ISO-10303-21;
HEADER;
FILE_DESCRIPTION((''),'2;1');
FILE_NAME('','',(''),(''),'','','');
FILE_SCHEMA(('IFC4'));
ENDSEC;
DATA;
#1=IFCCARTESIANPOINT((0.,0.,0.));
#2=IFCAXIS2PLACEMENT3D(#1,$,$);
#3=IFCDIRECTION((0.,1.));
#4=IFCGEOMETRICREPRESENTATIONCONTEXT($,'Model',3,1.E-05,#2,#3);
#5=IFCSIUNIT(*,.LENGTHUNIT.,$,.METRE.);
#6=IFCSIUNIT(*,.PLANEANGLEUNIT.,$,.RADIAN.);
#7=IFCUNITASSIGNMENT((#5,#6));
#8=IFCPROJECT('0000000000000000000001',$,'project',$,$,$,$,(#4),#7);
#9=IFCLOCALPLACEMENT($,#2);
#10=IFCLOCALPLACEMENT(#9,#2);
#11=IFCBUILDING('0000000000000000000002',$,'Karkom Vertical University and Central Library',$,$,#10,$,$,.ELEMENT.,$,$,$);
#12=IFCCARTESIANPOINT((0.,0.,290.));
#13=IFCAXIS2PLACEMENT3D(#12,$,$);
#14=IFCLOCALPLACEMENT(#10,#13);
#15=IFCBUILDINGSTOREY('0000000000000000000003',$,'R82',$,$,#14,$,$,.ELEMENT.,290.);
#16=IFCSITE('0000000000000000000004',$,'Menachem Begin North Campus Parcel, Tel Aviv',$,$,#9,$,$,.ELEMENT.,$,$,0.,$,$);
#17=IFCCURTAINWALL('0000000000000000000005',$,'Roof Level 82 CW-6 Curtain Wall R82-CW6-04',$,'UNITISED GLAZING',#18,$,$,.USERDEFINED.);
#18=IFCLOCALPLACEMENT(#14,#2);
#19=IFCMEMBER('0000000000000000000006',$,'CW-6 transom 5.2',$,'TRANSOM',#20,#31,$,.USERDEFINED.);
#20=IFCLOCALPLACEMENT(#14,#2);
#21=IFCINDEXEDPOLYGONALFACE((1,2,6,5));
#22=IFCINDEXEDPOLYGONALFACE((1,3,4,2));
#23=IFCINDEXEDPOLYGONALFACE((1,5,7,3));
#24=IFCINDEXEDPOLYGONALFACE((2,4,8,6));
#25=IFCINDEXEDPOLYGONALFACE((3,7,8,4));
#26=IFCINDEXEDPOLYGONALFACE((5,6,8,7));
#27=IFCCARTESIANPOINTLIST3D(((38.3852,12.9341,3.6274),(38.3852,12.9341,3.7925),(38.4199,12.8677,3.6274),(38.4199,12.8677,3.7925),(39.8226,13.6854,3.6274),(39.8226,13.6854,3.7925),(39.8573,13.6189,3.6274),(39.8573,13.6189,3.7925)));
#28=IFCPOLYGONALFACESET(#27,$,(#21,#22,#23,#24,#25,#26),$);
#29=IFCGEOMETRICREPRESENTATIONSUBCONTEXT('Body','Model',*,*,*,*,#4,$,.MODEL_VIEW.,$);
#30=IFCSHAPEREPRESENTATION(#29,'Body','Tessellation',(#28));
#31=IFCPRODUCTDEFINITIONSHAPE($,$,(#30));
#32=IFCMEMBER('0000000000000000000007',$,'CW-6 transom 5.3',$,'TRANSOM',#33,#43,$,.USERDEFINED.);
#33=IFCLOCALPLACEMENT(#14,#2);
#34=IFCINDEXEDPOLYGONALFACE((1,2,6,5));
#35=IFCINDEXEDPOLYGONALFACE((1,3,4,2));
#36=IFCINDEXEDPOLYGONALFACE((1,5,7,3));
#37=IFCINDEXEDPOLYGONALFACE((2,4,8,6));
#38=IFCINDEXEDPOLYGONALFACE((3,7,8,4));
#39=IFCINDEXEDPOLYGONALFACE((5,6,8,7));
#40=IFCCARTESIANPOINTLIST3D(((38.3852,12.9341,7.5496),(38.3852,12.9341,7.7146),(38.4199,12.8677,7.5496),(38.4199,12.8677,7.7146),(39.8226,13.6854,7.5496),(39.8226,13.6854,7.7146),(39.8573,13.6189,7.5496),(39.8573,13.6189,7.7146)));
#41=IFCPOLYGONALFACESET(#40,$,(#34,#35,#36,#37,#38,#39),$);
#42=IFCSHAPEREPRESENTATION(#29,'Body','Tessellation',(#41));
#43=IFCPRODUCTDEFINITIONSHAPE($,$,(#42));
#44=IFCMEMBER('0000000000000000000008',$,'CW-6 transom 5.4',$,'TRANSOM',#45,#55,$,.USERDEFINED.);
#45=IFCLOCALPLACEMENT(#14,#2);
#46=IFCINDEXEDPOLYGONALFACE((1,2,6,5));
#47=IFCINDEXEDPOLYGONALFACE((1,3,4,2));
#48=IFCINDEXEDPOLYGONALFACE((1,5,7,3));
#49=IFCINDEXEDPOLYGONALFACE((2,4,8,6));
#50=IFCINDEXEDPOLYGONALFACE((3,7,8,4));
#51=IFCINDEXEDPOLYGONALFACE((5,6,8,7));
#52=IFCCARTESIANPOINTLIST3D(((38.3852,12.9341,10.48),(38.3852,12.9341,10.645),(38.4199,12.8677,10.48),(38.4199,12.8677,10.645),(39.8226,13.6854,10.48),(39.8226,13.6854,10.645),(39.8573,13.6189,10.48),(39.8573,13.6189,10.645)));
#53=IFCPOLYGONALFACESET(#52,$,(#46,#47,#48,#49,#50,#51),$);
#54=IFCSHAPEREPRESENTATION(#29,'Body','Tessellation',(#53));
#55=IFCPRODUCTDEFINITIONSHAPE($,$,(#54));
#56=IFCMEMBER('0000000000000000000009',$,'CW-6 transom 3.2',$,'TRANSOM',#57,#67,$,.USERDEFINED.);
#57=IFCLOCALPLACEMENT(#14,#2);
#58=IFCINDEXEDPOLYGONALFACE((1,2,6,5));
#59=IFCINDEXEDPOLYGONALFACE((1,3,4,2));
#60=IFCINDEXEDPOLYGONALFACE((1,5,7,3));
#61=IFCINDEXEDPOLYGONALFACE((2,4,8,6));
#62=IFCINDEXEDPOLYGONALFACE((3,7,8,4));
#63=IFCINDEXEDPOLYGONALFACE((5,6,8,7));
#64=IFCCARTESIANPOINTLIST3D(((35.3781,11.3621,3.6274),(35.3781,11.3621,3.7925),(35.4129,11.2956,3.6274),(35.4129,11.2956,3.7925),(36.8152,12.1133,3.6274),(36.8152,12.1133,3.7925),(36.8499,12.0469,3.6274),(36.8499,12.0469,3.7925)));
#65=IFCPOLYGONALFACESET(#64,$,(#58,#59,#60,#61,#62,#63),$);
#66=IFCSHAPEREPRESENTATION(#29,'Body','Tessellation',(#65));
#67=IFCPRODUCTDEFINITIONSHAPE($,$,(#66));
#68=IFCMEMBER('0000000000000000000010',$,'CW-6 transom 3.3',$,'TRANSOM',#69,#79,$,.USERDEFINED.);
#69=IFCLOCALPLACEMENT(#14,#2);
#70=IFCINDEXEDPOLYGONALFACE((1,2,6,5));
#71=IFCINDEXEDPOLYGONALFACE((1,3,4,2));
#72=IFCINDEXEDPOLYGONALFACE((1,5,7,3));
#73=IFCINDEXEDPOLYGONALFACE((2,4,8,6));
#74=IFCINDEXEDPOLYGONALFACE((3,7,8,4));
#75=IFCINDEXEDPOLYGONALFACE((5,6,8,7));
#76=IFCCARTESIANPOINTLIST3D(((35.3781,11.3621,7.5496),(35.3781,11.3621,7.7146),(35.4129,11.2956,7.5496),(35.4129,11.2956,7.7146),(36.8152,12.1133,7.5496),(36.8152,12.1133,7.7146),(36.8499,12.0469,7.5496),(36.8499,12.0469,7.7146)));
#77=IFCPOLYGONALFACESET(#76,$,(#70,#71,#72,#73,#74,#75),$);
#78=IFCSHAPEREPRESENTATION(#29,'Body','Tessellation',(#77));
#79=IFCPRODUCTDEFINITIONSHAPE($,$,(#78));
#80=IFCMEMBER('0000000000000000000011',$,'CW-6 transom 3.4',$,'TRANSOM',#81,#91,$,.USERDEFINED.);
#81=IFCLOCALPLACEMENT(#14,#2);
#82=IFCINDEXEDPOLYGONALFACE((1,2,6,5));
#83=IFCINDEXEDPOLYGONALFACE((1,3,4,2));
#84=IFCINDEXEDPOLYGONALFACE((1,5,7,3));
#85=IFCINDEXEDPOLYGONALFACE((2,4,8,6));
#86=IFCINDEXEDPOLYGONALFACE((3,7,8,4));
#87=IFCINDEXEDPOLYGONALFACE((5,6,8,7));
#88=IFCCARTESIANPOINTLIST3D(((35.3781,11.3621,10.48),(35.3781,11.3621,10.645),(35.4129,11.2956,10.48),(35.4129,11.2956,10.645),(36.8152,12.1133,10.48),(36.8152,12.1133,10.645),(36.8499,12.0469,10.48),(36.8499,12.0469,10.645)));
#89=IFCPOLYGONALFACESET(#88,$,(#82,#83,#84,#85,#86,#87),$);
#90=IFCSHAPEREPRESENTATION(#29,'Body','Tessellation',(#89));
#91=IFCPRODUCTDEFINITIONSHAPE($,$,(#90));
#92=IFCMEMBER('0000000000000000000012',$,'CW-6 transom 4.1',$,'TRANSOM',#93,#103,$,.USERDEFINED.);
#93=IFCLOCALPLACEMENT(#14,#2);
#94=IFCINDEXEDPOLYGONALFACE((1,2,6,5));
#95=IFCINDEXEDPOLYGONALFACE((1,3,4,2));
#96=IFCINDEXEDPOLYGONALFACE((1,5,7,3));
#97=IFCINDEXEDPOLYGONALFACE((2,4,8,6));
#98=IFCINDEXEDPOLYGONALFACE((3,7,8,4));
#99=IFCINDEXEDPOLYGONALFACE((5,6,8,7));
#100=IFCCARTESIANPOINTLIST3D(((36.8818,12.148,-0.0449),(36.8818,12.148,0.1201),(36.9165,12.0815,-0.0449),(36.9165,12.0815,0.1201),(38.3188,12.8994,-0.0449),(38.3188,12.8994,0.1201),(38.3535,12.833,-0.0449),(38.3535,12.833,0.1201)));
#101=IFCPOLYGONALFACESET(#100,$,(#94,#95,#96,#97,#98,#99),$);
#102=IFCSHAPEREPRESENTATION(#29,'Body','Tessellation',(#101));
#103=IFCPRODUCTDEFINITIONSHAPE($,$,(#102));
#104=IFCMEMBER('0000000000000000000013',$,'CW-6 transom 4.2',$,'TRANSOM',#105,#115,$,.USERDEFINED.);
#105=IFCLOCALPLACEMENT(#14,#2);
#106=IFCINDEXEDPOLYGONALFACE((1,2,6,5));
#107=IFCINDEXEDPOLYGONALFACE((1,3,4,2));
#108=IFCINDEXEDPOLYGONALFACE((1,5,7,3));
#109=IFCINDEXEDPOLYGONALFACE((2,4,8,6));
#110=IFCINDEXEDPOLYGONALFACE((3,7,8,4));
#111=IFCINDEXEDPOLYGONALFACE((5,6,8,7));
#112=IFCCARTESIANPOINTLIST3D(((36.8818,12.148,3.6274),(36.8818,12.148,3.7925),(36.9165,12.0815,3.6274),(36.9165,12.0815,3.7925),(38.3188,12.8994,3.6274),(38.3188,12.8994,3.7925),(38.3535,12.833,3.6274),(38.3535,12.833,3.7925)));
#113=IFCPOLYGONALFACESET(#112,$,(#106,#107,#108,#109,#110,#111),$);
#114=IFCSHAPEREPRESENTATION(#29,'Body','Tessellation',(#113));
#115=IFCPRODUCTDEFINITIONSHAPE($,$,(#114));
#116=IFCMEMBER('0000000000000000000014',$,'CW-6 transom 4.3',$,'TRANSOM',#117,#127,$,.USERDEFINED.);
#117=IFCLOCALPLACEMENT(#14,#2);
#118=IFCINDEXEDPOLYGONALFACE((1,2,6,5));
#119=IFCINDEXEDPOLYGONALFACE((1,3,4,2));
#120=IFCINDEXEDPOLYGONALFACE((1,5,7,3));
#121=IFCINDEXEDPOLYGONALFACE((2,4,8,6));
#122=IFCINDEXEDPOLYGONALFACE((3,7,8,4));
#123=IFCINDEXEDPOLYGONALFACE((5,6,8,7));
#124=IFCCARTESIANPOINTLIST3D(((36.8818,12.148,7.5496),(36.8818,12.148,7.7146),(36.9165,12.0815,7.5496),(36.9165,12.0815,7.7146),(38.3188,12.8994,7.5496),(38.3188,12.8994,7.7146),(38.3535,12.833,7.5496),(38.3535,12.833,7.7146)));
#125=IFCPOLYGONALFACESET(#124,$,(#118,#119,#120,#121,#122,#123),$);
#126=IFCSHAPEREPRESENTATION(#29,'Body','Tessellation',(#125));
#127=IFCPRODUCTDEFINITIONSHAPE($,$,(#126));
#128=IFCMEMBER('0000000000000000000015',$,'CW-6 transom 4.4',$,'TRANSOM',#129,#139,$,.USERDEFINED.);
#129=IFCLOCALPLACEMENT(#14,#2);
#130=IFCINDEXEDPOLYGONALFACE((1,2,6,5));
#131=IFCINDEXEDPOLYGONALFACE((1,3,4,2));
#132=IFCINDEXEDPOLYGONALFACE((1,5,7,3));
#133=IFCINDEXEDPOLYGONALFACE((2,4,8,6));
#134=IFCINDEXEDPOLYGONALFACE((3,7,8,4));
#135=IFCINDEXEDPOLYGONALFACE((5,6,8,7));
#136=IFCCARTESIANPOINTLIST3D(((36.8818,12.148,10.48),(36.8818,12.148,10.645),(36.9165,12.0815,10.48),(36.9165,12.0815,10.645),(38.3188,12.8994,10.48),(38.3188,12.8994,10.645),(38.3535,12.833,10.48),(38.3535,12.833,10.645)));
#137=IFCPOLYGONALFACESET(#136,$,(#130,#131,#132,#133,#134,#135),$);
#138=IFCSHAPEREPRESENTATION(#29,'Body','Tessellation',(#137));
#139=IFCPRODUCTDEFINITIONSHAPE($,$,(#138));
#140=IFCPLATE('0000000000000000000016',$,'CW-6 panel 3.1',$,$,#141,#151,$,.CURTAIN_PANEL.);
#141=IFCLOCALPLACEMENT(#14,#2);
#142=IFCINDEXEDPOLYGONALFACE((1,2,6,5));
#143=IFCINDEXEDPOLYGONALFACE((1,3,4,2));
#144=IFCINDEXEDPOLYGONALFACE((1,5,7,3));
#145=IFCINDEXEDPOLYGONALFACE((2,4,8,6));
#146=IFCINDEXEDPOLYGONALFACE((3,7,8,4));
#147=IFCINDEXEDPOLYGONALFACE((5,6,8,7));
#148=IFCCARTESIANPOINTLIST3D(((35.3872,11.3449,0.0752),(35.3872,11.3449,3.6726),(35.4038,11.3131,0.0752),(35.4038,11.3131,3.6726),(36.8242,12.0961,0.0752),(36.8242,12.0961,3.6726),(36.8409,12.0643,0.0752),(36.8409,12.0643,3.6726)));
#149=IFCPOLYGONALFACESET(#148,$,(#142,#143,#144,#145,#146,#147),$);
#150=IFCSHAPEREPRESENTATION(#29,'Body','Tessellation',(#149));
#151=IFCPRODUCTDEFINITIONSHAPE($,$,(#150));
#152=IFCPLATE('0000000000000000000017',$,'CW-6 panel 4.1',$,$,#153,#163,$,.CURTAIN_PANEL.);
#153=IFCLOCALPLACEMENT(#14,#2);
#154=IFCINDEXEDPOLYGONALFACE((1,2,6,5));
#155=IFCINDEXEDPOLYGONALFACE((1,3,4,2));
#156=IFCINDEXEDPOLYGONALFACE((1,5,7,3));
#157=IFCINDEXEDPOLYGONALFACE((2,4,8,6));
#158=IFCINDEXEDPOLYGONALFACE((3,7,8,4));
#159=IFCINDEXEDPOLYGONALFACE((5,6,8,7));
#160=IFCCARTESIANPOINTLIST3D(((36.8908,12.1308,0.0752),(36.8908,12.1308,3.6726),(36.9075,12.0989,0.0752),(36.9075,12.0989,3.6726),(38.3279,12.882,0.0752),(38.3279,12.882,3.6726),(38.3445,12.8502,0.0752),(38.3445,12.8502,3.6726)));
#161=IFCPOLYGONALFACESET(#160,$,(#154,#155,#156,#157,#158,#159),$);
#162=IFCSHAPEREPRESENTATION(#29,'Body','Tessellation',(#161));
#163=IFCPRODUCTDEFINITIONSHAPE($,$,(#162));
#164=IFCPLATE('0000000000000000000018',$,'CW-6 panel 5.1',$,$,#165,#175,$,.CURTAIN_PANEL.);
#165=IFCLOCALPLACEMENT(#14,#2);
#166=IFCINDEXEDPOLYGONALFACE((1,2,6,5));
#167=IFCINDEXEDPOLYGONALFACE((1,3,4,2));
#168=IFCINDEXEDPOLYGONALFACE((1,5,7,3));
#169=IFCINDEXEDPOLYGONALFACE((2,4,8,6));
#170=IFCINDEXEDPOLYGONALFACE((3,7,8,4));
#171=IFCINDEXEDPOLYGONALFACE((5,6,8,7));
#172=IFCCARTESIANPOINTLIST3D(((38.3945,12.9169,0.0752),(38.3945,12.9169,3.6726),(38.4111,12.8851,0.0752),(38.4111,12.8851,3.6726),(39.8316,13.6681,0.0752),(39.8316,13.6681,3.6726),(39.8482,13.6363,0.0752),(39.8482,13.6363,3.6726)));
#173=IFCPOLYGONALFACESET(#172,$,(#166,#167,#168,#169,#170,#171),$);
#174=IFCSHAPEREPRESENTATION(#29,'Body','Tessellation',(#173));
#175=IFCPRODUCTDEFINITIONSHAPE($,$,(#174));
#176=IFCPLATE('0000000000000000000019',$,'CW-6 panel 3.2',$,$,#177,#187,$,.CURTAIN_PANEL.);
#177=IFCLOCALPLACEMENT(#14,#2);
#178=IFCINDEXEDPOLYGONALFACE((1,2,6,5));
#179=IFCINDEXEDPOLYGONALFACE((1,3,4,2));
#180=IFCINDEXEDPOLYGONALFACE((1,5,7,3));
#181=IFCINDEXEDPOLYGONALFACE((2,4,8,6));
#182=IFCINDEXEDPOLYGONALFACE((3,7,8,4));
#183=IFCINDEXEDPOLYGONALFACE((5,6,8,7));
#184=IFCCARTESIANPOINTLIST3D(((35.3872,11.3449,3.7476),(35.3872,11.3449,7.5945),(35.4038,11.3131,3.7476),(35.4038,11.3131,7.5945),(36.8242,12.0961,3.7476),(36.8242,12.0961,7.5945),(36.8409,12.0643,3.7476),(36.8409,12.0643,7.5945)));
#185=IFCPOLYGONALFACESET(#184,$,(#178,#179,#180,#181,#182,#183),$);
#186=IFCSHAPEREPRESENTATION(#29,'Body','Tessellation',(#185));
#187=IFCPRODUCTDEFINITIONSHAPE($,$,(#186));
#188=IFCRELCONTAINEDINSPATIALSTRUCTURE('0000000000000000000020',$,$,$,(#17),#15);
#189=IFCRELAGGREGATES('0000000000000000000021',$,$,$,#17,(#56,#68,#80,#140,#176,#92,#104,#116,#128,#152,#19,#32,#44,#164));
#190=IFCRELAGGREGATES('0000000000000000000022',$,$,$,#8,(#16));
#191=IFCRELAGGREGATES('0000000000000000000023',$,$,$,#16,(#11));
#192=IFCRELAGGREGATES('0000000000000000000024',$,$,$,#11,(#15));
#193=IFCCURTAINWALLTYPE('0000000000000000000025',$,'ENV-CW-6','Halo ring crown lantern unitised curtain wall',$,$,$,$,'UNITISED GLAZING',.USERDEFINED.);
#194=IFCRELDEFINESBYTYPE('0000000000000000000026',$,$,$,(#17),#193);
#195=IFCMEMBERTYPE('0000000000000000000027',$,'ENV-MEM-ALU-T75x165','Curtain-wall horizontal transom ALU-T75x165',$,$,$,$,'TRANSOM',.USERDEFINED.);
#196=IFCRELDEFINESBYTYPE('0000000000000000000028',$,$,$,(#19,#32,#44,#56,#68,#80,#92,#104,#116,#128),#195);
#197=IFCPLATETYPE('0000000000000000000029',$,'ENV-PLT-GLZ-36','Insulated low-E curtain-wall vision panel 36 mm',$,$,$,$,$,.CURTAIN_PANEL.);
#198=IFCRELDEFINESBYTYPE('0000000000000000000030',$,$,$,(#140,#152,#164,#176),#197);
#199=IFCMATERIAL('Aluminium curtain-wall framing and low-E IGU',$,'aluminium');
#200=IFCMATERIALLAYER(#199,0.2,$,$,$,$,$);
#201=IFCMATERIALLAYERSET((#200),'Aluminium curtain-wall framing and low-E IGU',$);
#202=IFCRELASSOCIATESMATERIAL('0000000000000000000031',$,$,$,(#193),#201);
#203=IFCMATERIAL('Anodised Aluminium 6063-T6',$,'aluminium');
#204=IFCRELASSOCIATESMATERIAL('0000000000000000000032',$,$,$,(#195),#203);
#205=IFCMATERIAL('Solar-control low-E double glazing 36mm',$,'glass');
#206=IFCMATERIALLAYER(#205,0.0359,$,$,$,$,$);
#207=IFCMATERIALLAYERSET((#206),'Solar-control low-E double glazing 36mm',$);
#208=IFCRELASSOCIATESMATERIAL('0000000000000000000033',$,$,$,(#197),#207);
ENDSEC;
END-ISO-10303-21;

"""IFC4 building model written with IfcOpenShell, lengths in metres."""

from ifc_helpers import new_model, si_unit, direction, frame, origin, origin_with_axes, origin_2d, place, context, subcontext, project, spatial, rectangle, extrude, source, transform, mapped, material, layer, layer_set, material_profile, profile_set, type_object, element, aggregate, save


model = new_model("IFC4")

# Units and contexts
model_context = context("Model", 3, precision=1e-05, world=origin(), true_north=direction((0.0, 1.0)))
body_context = subcontext(model_context, "Body", "Model", "MODEL_VIEW")
ifc_project = project(units=[si_unit("LENGTHUNIT", "METRE"), si_unit("PLANEANGLEUNIT", "RADIAN")], contexts=[model_context])

# Site, building, storey
site_placement = place(None, origin())
site = spatial("IfcSite", under=ifc_project, at=site_placement, Name="Menachem Begin North Campus Parcel, Tel Aviv", CompositionType="ELEMENT", RefElevation=0.0)
building_placement = place(site_placement, origin())
building = spatial("IfcBuilding", under=site, at=building_placement, Name="Karkom Vertical University and Central Library", CompositionType="ELEMENT")
storey_placement = place(building_placement, frame((0.0, 0.0, 290.0)))
storey = spatial("IfcBuildingStorey", under=building, at=storey_placement, Name="R82", CompositionType="ELEMENT", Elevation=290.0)

# Curtain wall, members, plates
ifc_material_1 = material(Name="Aluminium curtain-wall framing and low-E IGU", Category="aluminium")
ifc_layer_1 = layer(ifc_material_1, 0.2)
ifc_layer_set_1 = layer_set([ifc_layer_1], Name="Aluminium curtain-wall framing and low-E IGU")
curtain_wall_type = type_object("IfcCurtainWallType", Name="ENV-CW-6", Description="Halo ring crown lantern unitised curtain wall", ElementType="UNITISED GLAZING", PredefinedType="USERDEFINED", material=ifc_layer_set_1)
curtain_wall_placement = place(storey_placement, origin())
curtain_wall = element("IfcCurtainWall", 1, at=curtain_wall_placement, inside=storey, type_object=curtain_wall_type, Name="Roof Level 82 CW-6 Curtain Wall R82-CW6-04", ObjectType="UNITISED GLAZING", PredefinedType="USERDEFINED")
ifc_material_2 = material(Name="Anodised Aluminium 6063-T6", Category="aluminium")
ifc_material_profile_1 = material_profile(ifc_material_2, rectangle(XDim=0.075, YDim=0.165, at=origin_2d()), Name="ALU-T75x165")
ifc_profile_set_1 = profile_set([ifc_material_profile_1], Name="Anodised Aluminium 6063-T6")
member_type_1 = type_object("IfcMemberType", Name="ENV-MEM-ALU-T75x165", Description="Curtain-wall horizontal transom ALU-T75x165", ElementType="TRANSOM", PredefinedType="USERDEFINED", material=ifc_profile_set_1)
shared_shape_1 = source(origin_with_axes(), body_context, "Body", "SweptSolid", [
    extrude(rectangle(XDim=0.075, YDim=0.165, at=origin_2d()), origin(), (0.0, 0.0, 1.0), 1.6218),
])
member_1_placement = place(storey_placement, frame((38.4026, 12.9009, 3.71), z_axis=(0.886244, 0.463219, 0.0), x_axis=(-0.463219, 0.886244, 0.0)))
member_1 = element("IfcMember", 2, at=member_1_placement, type_object=member_type_1, Name="CW-6 transom 5.2", ObjectType="TRANSOM", PredefinedType="USERDEFINED", context=body_context, shape_type="MappedRepresentation", body=[
    mapped(shared_shape_1, transform((0.0, 0.0, 0.0), scale=1.0)),
])
member_2_placement = place(storey_placement, frame((38.4026, 12.9009, 7.6321), z_axis=(0.886244, 0.463219, 0.0), x_axis=(-0.463219, 0.886244, 0.0)))
member_2 = element("IfcMember", 3, at=member_2_placement, type_object=member_type_1, Name="CW-6 transom 5.3", ObjectType="TRANSOM", PredefinedType="USERDEFINED", context=body_context, shape_type="MappedRepresentation", body=[
    mapped(shared_shape_1, transform((0.0, 0.0, 0.0), scale=1.0)),
])
member_3_placement = place(storey_placement, frame((38.4026, 12.9009, 10.5625), z_axis=(0.886244, 0.463219, 0.0), x_axis=(-0.463219, 0.886244, 0.0)))
member_3 = element("IfcMember", 4, at=member_3_placement, type_object=member_type_1, Name="CW-6 transom 5.4", ObjectType="TRANSOM", PredefinedType="USERDEFINED", context=body_context, shape_type="MappedRepresentation", body=[
    mapped(shared_shape_1, transform((0.0, 0.0, 0.0), scale=1.0)),
])
shared_shape_2 = source(origin_with_axes(), body_context, "Body", "SweptSolid", [
    extrude(rectangle(XDim=0.075, YDim=0.165, at=origin_2d()), origin(), (0.0, 0.0, 1.0), 1.6216),
])
member_4_placement = place(storey_placement, frame((35.3955, 11.3289, 3.71), z_axis=(0.886211, 0.463281, 0.0), x_axis=(-0.463281, 0.886211, 0.0)))
member_4 = element("IfcMember", 5, at=member_4_placement, type_object=member_type_1, Name="CW-6 transom 3.2", ObjectType="TRANSOM", PredefinedType="USERDEFINED", context=body_context, shape_type="MappedRepresentation", body=[
    mapped(shared_shape_2, transform((0.0, 0.0, 0.0), scale=1.0)),
])
member_5_placement = place(storey_placement, frame((35.3955, 11.3289, 7.6321), z_axis=(0.886211, 0.463281, 0.0), x_axis=(-0.463281, 0.886211, 0.0)))
member_5 = element("IfcMember", 6, at=member_5_placement, type_object=member_type_1, Name="CW-6 transom 3.3", ObjectType="TRANSOM", PredefinedType="USERDEFINED", context=body_context, shape_type="MappedRepresentation", body=[
    mapped(shared_shape_2, transform((0.0, 0.0, 0.0), scale=1.0)),
])
member_6_placement = place(storey_placement, frame((35.3955, 11.3289, 10.5625), z_axis=(0.886211, 0.463281, 0.0), x_axis=(-0.463281, 0.886211, 0.0)))
member_6 = element("IfcMember", 7, at=member_6_placement, type_object=member_type_1, Name="CW-6 transom 3.4", ObjectType="TRANSOM", PredefinedType="USERDEFINED", context=body_context, shape_type="MappedRepresentation", body=[
    mapped(shared_shape_2, transform((0.0, 0.0, 0.0), scale=1.0)),
])
member_7_placement = place(storey_placement, frame((36.8992, 12.1147, 0.0376), z_axis=(0.88615, 0.463399, 0.0), x_axis=(-0.463399, 0.88615, 0.0)))
member_7 = element("IfcMember", 8, at=member_7_placement, type_object=member_type_1, Name="CW-6 transom 4.1", ObjectType="TRANSOM", PredefinedType="USERDEFINED", context=body_context, shape_type="MappedRepresentation", body=[
    mapped(shared_shape_2, transform((0.0, 0.0, 0.0), scale=1.0)),
])
member_8_placement = place(storey_placement, frame((36.8992, 12.1147, 3.71), z_axis=(0.88615, 0.463399, 0.0), x_axis=(-0.463399, 0.88615, 0.0)))
member_8 = element("IfcMember", 9, at=member_8_placement, type_object=member_type_1, Name="CW-6 transom 4.2", ObjectType="TRANSOM", PredefinedType="USERDEFINED", context=body_context, shape_type="MappedRepresentation", body=[
    mapped(shared_shape_2, transform((0.0, 0.0, 0.0), scale=1.0)),
])
member_9_placement = place(storey_placement, frame((36.8992, 12.1147, 7.6321), z_axis=(0.88615, 0.463399, 0.0), x_axis=(-0.463399, 0.88615, 0.0)))
member_9 = element("IfcMember", 10, at=member_9_placement, type_object=member_type_1, Name="CW-6 transom 4.3", ObjectType="TRANSOM", PredefinedType="USERDEFINED", context=body_context, shape_type="MappedRepresentation", body=[
    mapped(shared_shape_2, transform((0.0, 0.0, 0.0), scale=1.0)),
])
member_10_placement = place(storey_placement, frame((36.8992, 12.1147, 10.5625), z_axis=(0.88615, 0.463399, 0.0), x_axis=(-0.463399, 0.88615, 0.0)))
member_10 = element("IfcMember", 11, at=member_10_placement, type_object=member_type_1, Name="CW-6 transom 4.4", ObjectType="TRANSOM", PredefinedType="USERDEFINED", context=body_context, shape_type="MappedRepresentation", body=[
    mapped(shared_shape_2, transform((0.0, 0.0, 0.0), scale=1.0)),
])
ifc_material_3 = material(Name="Solar-control low-E double glazing 36mm", Category="glass")
ifc_layer_2 = layer(ifc_material_3, 0.0359)
ifc_layer_set_2 = layer_set([ifc_layer_2], Name="Solar-control low-E double glazing 36mm")
plate_type = type_object("IfcPlateType", Name="ENV-PLT-GLZ-36", Description="Insulated low-E curtain-wall vision panel 36 mm", PredefinedType="CURTAIN_PANEL", material=ifc_layer_set_2)
shared_shape_3 = source(origin_with_axes(), body_context, "Body", "SweptSolid", [
    extrude(rectangle(XDim=1.6216, YDim=0.0359, at=origin_2d()), origin(), (0.0, 0.0, 1.0), 3.5974),
])
plate_1_placement = place(storey_placement, frame((36.114, 11.7046, 0.0752), z_axis=(0.0, 0.0, 1.0), x_axis=(0.88621, 0.463284, 0.0)))
plate_1 = element("IfcPlate", 12, at=plate_1_placement, type_object=plate_type, Name="CW-6 panel 3.1", PredefinedType="CURTAIN_PANEL", context=body_context, shape_type="MappedRepresentation", body=[
    mapped(shared_shape_3, transform((0.0, 0.0, 0.0), scale=1.0)),
])
plate_2_placement = place(storey_placement, frame((37.6177, 12.4905, 0.0752), z_axis=(0.0, 0.0, 1.0), x_axis=(0.88621, 0.463284, 0.0)))
plate_2 = element("IfcPlate", 13, at=plate_2_placement, type_object=plate_type, Name="CW-6 panel 4.1", PredefinedType="CURTAIN_PANEL", context=body_context, shape_type="MappedRepresentation", body=[
    mapped(shared_shape_3, transform((0.0, 0.0, 0.0), scale=1.0)),
])
plate_3_placement = place(storey_placement, frame((39.1213, 13.2766, 0.0752), z_axis=(0.0, 0.0, 1.0), x_axis=(0.88621, 0.463284, 0.0)))
plate_3 = element("IfcPlate", 14, at=plate_3_placement, type_object=plate_type, Name="CW-6 panel 5.1", PredefinedType="CURTAIN_PANEL", context=body_context, shape_type="MappedRepresentation", body=[
    mapped(shared_shape_3, transform((0.0, 0.0, 0.0), scale=1.0)),
])
shared_shape_4 = source(origin_with_axes(), body_context, "Body", "SweptSolid", [
    extrude(rectangle(XDim=1.6216, YDim=0.0359, at=origin_2d()), origin(), (0.0, 0.0, 1.0), 3.8469),
])
plate_4_placement = place(storey_placement, frame((36.114, 11.7046, 3.7476), z_axis=(0.0, 0.0, 1.0), x_axis=(0.88621, 0.463284, 0.0)))
plate_4 = element("IfcPlate", 15, at=plate_4_placement, type_object=plate_type, Name="CW-6 panel 3.2", PredefinedType="CURTAIN_PANEL", context=body_context, shape_type="MappedRepresentation", body=[
    mapped(shared_shape_4, transform((0.0, 0.0, 0.0), scale=1.0)),
])
aggregate(curtain_wall, [member_4, member_5, member_6, plate_1, plate_4, member_7, member_8, member_9, member_10, plate_2, member_1, member_2, member_3, plate_3])

save(model, "model.ifc")
